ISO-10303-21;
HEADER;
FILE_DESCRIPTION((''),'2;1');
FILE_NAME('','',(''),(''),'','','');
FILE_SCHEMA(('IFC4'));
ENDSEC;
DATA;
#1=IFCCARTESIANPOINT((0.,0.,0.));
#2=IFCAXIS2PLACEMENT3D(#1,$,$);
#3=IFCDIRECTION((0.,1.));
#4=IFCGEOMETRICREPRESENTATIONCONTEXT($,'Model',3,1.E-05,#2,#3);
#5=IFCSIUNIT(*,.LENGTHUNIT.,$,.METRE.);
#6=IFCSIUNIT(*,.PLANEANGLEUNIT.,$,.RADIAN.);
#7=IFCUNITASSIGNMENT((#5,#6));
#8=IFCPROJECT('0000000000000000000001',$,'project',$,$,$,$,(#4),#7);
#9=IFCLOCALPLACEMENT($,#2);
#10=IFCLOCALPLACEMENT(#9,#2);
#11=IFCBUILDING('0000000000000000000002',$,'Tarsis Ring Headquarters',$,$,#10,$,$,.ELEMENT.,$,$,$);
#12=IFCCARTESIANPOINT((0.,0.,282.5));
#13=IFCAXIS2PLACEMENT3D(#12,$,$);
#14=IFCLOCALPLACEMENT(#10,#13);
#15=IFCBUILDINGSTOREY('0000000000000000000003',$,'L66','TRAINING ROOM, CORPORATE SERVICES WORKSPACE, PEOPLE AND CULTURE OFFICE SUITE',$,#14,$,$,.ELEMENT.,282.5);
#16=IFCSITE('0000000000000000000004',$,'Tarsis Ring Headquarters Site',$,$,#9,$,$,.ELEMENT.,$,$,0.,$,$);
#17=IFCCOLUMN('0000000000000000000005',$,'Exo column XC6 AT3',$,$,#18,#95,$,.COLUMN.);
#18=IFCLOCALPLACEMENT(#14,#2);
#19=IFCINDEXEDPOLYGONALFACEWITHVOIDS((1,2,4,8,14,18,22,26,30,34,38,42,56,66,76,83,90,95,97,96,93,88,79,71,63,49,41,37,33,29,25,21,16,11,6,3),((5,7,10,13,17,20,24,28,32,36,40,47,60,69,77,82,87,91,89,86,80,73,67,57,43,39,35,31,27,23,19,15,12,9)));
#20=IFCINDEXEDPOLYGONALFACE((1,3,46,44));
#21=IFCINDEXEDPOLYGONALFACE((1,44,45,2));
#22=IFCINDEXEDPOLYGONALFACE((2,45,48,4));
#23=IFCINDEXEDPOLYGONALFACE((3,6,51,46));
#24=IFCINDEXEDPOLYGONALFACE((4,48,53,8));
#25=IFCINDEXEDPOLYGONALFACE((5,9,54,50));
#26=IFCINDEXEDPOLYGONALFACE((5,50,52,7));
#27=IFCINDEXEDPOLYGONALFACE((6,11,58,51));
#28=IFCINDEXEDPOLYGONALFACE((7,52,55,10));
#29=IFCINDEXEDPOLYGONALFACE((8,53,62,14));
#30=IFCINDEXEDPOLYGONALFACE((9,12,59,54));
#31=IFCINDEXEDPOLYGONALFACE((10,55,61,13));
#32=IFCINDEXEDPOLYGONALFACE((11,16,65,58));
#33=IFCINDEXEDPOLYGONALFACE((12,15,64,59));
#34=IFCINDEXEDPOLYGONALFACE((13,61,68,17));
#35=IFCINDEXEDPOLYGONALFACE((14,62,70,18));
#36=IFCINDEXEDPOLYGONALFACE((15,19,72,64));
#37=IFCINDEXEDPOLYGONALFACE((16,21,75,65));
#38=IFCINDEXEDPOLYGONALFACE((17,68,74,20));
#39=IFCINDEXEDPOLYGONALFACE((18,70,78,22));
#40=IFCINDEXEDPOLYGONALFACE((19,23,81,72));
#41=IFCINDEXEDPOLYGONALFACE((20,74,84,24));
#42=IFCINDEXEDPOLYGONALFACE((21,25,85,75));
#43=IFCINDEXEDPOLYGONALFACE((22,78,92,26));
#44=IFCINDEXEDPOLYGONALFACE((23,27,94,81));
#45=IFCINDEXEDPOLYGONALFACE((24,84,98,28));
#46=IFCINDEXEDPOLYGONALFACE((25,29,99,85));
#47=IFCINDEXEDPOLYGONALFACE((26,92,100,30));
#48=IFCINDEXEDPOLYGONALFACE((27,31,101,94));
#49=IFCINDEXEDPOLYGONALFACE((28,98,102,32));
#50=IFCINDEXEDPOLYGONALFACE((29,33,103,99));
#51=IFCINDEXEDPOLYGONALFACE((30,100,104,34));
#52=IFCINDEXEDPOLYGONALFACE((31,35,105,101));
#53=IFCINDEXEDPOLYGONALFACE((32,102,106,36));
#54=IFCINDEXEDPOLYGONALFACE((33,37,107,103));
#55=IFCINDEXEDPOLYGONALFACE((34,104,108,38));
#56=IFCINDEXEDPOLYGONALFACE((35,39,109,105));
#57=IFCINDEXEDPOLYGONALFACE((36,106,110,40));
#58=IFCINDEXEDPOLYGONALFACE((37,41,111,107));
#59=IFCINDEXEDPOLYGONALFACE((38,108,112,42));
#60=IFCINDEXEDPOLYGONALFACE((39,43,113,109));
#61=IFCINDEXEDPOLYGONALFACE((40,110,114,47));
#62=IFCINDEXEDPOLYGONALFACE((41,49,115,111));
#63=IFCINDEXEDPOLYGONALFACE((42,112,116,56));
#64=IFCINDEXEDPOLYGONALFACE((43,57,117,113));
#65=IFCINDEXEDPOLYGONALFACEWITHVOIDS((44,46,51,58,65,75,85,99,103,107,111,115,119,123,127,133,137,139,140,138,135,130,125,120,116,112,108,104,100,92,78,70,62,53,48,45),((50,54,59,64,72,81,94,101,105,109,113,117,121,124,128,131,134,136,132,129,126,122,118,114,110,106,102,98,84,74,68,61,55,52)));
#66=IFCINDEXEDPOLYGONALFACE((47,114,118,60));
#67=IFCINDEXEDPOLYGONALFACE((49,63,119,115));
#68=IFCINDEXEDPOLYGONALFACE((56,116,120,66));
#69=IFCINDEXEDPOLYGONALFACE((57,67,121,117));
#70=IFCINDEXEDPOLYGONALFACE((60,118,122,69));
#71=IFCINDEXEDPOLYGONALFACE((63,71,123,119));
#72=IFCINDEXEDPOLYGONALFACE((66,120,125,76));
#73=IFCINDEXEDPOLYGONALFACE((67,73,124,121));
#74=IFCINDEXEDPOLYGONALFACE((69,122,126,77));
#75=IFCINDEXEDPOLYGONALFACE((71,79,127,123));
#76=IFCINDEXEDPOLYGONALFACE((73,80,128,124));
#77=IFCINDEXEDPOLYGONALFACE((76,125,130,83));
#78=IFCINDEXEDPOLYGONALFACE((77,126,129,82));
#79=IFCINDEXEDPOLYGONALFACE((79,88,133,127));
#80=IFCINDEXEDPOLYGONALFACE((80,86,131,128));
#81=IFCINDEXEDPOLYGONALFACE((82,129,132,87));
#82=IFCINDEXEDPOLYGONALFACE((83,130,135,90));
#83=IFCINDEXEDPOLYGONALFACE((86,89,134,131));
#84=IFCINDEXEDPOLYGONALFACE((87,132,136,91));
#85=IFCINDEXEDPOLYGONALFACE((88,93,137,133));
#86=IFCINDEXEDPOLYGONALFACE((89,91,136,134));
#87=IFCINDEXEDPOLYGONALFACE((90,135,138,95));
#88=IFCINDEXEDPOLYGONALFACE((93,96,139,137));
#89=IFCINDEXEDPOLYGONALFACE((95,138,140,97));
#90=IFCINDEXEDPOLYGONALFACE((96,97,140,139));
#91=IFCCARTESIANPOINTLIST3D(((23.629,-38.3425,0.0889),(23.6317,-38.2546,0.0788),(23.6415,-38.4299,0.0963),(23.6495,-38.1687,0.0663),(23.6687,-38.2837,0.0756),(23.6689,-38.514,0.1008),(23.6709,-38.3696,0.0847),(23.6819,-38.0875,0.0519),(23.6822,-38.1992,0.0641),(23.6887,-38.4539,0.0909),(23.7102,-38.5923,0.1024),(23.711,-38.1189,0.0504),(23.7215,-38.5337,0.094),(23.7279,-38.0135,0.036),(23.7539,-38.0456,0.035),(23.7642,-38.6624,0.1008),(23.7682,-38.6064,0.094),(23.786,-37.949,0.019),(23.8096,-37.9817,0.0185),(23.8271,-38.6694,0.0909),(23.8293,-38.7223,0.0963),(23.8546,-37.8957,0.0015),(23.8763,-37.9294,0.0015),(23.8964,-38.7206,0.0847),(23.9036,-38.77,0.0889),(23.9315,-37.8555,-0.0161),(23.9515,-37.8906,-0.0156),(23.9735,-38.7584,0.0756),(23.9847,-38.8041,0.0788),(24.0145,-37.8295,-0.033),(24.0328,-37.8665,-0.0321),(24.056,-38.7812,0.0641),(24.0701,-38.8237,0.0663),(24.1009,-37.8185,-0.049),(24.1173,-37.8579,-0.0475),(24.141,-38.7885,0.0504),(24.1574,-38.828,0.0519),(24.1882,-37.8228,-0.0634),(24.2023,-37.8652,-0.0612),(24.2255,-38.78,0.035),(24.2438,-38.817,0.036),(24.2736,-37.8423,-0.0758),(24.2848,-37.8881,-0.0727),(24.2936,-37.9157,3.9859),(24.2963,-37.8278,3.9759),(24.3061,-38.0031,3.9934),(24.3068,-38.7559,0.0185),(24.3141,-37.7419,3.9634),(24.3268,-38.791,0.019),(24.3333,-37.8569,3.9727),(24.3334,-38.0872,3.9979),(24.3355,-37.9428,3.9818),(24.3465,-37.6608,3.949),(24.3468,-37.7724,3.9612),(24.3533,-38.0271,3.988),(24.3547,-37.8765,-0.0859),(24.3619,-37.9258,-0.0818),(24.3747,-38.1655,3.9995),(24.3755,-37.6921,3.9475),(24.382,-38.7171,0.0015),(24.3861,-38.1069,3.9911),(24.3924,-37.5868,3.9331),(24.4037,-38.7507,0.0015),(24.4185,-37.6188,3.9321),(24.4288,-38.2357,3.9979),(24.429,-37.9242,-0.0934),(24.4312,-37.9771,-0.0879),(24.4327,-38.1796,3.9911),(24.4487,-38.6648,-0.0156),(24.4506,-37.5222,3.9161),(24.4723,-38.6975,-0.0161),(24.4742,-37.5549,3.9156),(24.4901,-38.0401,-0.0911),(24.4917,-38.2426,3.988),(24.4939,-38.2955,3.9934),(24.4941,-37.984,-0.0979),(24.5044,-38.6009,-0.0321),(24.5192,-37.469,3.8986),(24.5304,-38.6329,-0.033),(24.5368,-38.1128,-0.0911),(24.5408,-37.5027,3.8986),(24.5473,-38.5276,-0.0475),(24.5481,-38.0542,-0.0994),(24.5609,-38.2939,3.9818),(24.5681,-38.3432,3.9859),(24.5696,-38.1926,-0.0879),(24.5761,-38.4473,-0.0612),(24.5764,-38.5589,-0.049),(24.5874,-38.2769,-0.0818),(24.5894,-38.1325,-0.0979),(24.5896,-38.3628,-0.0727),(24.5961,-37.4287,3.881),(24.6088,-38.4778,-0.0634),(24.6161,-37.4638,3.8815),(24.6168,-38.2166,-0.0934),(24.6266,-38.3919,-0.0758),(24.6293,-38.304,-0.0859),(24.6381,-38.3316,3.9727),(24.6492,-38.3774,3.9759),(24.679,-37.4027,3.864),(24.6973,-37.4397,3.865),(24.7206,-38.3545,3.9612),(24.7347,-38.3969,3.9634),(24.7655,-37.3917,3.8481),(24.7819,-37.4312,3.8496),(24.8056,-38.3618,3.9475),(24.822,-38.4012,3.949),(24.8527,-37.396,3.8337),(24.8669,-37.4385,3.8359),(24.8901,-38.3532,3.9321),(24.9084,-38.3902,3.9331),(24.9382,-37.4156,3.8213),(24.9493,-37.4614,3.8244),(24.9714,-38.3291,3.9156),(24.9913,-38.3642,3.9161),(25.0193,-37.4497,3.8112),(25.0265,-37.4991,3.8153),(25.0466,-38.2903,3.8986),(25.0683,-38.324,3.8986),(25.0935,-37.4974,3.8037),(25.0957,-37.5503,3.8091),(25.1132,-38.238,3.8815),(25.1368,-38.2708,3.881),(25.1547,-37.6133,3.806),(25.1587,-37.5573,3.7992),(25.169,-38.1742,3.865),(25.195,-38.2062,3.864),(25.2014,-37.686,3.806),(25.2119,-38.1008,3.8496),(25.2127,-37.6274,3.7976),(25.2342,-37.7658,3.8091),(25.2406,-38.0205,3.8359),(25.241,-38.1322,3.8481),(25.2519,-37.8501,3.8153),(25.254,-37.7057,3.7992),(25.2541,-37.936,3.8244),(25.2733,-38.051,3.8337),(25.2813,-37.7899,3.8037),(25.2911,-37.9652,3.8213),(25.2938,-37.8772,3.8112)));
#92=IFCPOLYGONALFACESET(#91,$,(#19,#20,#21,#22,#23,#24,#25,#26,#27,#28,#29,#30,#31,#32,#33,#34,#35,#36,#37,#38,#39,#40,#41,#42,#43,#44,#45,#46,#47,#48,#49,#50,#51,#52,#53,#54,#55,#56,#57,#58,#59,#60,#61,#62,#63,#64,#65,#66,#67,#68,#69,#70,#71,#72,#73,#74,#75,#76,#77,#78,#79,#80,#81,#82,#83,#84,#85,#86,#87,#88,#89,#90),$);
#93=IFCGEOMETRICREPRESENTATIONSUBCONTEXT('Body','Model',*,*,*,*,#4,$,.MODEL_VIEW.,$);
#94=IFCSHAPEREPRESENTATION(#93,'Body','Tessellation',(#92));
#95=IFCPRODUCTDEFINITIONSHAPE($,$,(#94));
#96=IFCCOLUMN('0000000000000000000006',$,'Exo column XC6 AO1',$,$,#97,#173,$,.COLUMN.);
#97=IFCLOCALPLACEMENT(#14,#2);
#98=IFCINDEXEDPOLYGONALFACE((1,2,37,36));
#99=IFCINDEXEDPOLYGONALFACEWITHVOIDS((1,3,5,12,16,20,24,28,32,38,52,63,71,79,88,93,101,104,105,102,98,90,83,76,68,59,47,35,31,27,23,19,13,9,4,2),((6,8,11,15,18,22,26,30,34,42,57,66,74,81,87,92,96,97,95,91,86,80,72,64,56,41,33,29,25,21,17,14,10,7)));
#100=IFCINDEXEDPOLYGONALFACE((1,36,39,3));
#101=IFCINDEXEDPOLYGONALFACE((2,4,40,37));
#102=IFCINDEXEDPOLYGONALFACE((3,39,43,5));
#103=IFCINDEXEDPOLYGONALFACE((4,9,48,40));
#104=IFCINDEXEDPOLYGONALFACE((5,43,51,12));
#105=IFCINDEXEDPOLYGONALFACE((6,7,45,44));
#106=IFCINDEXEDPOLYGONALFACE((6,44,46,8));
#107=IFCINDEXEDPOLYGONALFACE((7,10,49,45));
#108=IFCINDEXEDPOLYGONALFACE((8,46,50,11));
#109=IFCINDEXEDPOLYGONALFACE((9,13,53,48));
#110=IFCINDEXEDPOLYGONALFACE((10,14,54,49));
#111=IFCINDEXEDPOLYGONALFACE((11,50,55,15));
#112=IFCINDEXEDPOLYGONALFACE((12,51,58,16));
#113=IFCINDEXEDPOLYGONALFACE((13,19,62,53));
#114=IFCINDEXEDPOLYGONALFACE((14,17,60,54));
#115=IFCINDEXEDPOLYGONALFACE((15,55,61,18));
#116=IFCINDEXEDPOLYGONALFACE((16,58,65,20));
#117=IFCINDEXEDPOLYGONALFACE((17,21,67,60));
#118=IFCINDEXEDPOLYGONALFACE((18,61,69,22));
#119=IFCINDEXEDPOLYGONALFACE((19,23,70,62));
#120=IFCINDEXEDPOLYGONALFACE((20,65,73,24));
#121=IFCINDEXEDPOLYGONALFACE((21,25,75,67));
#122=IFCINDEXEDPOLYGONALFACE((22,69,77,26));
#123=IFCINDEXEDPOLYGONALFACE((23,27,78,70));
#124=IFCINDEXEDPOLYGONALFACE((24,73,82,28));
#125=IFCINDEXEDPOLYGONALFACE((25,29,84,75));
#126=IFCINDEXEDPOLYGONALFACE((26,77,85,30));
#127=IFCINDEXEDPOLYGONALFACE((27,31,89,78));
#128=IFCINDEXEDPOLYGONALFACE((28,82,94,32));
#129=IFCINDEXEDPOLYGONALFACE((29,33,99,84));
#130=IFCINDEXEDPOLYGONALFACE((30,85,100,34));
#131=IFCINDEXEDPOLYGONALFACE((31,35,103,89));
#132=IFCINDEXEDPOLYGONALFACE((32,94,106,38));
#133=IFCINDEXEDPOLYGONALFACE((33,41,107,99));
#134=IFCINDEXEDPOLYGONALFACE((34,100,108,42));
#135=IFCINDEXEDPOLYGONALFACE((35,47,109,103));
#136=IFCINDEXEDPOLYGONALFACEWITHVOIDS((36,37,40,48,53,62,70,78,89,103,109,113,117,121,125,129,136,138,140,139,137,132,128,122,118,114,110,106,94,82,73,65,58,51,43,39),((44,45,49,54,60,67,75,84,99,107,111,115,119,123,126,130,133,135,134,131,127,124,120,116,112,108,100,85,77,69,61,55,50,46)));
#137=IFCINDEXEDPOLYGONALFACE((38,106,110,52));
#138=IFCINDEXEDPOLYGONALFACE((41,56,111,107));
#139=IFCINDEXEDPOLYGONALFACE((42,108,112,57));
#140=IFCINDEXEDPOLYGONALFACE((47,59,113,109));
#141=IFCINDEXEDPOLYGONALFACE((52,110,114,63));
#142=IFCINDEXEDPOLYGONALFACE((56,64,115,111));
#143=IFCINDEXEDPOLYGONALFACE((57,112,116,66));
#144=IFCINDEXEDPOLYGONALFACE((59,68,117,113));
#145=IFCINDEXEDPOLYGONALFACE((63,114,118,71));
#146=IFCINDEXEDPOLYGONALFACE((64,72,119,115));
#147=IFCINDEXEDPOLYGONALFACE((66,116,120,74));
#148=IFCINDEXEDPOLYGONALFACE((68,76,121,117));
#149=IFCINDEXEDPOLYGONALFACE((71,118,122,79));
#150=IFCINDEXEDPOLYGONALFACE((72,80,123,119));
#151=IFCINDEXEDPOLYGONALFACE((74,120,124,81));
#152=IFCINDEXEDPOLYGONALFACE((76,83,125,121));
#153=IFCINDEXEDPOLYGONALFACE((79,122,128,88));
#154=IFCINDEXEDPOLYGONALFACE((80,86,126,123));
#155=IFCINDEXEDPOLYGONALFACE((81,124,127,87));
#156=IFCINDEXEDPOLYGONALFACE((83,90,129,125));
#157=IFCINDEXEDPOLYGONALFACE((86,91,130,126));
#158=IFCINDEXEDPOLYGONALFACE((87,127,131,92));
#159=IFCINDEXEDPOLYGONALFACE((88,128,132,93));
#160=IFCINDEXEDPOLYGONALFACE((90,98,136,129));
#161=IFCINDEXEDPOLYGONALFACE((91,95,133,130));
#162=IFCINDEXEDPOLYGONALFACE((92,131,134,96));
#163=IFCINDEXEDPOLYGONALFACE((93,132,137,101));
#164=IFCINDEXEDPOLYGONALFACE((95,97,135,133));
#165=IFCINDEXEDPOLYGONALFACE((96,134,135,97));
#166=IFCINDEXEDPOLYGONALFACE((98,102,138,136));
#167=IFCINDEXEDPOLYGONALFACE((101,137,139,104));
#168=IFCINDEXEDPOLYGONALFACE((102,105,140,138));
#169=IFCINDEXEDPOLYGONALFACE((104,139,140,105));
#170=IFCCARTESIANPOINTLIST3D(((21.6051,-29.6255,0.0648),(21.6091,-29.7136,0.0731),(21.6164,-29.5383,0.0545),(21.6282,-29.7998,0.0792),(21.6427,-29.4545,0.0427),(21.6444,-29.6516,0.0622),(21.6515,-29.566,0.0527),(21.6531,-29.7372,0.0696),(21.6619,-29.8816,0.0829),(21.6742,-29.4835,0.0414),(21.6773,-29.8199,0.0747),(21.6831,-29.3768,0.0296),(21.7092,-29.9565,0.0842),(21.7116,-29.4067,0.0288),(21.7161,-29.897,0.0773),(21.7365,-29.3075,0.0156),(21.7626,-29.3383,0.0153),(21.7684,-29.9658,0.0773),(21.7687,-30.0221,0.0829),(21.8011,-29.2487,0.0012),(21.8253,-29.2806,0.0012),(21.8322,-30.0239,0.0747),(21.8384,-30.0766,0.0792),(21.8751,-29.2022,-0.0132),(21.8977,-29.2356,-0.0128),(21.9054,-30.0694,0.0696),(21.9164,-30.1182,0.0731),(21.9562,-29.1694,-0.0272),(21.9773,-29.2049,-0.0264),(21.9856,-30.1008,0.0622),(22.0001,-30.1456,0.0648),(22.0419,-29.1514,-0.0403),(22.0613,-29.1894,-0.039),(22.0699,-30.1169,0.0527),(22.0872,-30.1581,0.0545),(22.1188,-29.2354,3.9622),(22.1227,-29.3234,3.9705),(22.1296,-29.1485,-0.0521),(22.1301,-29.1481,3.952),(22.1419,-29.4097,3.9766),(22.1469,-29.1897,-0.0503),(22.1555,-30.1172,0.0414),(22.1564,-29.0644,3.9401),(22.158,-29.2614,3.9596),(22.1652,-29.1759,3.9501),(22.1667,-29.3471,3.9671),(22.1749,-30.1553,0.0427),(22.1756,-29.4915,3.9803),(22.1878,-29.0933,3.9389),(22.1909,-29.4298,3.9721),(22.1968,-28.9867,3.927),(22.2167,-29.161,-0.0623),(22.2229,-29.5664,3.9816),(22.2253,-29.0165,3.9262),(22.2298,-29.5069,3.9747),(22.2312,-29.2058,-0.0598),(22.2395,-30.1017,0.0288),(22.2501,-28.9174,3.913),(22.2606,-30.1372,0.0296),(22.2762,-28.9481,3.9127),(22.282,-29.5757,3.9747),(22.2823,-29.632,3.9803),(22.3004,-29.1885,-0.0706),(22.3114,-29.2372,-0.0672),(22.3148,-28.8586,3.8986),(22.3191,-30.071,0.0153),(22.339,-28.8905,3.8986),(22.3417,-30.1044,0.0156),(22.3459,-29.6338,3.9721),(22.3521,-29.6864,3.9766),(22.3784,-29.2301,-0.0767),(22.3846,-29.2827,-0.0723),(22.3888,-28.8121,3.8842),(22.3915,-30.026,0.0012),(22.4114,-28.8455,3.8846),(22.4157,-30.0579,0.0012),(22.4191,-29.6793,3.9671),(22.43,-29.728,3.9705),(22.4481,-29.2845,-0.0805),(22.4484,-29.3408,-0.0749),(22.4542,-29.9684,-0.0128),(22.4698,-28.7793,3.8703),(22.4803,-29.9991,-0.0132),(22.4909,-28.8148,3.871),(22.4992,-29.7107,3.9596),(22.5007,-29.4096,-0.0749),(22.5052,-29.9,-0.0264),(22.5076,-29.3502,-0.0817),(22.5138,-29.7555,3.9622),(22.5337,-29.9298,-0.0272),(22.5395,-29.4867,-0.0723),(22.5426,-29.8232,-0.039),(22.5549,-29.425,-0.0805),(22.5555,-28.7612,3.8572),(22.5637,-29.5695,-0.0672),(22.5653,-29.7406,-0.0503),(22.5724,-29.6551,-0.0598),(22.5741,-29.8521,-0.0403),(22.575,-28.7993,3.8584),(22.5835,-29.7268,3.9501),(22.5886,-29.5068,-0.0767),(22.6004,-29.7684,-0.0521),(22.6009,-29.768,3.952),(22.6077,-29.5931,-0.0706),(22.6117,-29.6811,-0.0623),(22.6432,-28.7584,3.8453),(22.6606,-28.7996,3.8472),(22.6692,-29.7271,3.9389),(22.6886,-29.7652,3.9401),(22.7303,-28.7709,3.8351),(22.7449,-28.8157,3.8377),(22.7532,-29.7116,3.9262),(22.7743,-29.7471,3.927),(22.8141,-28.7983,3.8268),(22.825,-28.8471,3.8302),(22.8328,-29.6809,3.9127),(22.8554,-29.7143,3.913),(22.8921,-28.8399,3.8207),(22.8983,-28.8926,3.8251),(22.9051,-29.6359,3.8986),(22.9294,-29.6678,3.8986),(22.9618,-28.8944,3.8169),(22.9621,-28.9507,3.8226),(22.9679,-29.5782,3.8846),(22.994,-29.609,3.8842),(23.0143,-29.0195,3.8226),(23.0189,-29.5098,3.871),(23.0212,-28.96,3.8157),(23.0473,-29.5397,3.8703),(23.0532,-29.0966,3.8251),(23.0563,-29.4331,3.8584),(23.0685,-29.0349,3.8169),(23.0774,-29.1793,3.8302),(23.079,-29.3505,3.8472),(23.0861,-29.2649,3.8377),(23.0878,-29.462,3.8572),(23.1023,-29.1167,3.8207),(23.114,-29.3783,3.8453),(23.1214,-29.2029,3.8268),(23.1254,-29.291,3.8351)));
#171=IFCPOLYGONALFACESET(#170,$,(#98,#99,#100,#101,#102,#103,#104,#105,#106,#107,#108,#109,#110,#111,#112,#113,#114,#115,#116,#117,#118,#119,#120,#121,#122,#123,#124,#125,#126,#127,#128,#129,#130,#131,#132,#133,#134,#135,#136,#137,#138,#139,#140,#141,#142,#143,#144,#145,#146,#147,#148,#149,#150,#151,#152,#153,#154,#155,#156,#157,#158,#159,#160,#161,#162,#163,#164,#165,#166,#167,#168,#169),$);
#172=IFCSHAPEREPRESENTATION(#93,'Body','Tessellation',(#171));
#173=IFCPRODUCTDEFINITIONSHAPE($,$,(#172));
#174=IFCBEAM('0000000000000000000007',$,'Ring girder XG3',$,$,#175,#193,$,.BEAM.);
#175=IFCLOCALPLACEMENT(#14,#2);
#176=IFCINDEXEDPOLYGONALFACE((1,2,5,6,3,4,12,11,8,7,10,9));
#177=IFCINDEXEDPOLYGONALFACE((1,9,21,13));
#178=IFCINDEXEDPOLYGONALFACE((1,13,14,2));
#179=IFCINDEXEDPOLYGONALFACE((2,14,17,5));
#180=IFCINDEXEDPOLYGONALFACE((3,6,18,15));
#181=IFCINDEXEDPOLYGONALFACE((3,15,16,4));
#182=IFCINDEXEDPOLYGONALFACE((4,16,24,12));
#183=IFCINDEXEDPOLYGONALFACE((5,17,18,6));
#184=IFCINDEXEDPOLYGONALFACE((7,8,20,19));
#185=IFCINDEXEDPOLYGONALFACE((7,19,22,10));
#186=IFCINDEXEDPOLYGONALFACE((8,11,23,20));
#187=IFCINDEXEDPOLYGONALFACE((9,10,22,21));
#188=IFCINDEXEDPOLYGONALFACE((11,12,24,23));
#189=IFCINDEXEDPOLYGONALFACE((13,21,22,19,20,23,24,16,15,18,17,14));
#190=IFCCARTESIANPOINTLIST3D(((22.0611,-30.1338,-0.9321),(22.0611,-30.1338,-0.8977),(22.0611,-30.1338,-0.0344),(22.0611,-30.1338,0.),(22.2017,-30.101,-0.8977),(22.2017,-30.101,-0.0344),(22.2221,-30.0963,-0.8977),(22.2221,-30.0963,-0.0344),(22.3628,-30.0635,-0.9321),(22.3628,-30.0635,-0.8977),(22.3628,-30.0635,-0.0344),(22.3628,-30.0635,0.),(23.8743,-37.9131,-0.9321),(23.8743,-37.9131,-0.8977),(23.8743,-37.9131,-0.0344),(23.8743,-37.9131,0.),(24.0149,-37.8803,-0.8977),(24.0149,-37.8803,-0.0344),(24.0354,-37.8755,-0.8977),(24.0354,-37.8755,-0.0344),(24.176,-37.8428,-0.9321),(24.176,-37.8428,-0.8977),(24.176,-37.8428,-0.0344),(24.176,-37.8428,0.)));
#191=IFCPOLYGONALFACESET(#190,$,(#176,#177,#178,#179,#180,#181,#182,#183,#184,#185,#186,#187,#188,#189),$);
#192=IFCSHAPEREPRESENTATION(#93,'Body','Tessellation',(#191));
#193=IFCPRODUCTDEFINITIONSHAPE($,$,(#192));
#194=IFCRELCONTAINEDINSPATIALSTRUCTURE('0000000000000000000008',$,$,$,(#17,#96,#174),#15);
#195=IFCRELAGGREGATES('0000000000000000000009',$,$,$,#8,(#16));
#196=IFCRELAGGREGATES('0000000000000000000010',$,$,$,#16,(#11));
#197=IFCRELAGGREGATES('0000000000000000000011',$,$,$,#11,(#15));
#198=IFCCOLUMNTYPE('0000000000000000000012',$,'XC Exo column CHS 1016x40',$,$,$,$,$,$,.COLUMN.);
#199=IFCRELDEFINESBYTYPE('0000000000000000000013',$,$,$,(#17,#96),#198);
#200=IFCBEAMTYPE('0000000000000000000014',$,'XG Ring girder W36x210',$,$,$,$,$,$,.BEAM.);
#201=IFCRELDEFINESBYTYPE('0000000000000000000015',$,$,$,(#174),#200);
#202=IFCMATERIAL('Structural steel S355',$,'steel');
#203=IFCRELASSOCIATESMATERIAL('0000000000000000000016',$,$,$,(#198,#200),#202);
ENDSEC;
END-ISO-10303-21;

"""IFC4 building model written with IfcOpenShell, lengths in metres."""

from ifc_helpers import new_model, si_unit, direction, frame, origin, origin_2d, place, context, subcontext, project, spatial, hollow_circle, i_section, extrude, material, material_profile, profile_set, type_object, element, save


model = new_model("IFC4")

# Units and contexts
model_context = context("Model", 3, precision=1e-05, world=origin(), true_north=direction((0.0, 1.0)))
body_context = subcontext(model_context, "Body", "Model", "MODEL_VIEW")
ifc_project = project(units=[si_unit("LENGTHUNIT", "METRE"), si_unit("PLANEANGLEUNIT", "RADIAN")], contexts=[model_context])

# Site, building, storey
site_placement = place(None, origin())
site = spatial("IfcSite", under=ifc_project, at=site_placement, Name="Tarsis Ring Headquarters Site", CompositionType="ELEMENT", RefElevation=0.0)
building_placement = place(site_placement, origin())
building = spatial("IfcBuilding", under=site, at=building_placement, Name="Tarsis Ring Headquarters", CompositionType="ELEMENT")
storey_placement = place(building_placement, frame((0.0, 0.0, 282.5)))
storey = spatial("IfcBuildingStorey", under=building, at=storey_placement, Name="L66", Description="TRAINING ROOM, CORPORATE SERVICES WORKSPACE, PEOPLE AND CULTURE OFFICE SUITE", CompositionType="ELEMENT", Elevation=282.5)

# Columns
ifc_material_1 = material(Name="Structural steel S355", Category="steel")
ifc_material_profile_1 = material_profile(ifc_material_1, hollow_circle(Radius=0.5081, WallThickness=0.04, at=origin_2d()), Name="CHS 1016x40")
ifc_profile_set_1 = profile_set([ifc_material_profile_1], Name="Structural steel S355")
column_type = type_object("IfcColumnType", Name="XC Exo column CHS 1016x40", PredefinedType="COLUMN", material=ifc_profile_set_1)
column_1_placement = place(storey_placement, frame((24.1292, -38.3232, 0.0015), z_axis=(0.167132, 0.107328, 0.980075), x_axis=(-0.540351, 0.84144, 0.0)))
element("IfcColumn", 1, at=column_1_placement, inside=storey, type_object=column_type, Name="Exo column XC6 AT3", PredefinedType="COLUMN", context=body_context, shape_type="SweptSolid", body=[
    extrude(hollow_circle(Radius=0.5081, WallThickness=0.04, at=origin_2d()), origin(), (0.0, 0.0, 1.0), 3.9763),
])
column_2_placement = place(storey_placement, frame((22.1084, -29.6533, 0.0012), z_axis=(0.130028, 0.098757, 0.98658), x_axis=(-0.604834, 0.796352, 0.0)))
element("IfcColumn", 2, at=column_2_placement, inside=storey, type_object=column_type, Name="Exo column XC6 AO1", PredefinedType="COLUMN", context=body_context, shape_type="SweptSolid", body=[
    extrude(hollow_circle(Radius=0.5081, WallThickness=0.04, at=origin_2d()), origin(), (0.0, 0.0, 1.0), 3.9504),
])

# Beam
ifc_material_profile_2 = material_profile(ifc_material_1, i_section(OverallWidth=0.3098, OverallDepth=0.9321, WebThickness=0.021, FlangeThickness=0.0344, at=origin_2d()), Name="W36x210")
ifc_profile_set_2 = profile_set([ifc_material_profile_2], Name="Structural steel S355")
beam_type = type_object("IfcBeamType", Name="XG Ring girder W36x210", PredefinedType="BEAM", material=ifc_profile_set_2)
for number, where, z_axis, x_axis, name in (
    (3, (24.0251, -37.8779, -0.4661), (-0.227, 0.973895, 0.0), (-0.973895, -0.227, 0.0), "Ring girder XG3"),
):
    element("IfcBeam", number, at=place(storey_placement, frame(where, z_axis=z_axis, x_axis=x_axis)), inside=storey, type_object=beam_type, Name=name, PredefinedType="BEAM", context=body_context, shape_type="SweptSolid", body=[
        extrude(i_section(OverallWidth=0.3098, OverallDepth=0.9321, WebThickness=0.021, FlangeThickness=0.0344, at=origin_2d()), origin(), (0.0, 0.0, 1.0), 7.9878),
    ])

save(model, "model.ifc")
